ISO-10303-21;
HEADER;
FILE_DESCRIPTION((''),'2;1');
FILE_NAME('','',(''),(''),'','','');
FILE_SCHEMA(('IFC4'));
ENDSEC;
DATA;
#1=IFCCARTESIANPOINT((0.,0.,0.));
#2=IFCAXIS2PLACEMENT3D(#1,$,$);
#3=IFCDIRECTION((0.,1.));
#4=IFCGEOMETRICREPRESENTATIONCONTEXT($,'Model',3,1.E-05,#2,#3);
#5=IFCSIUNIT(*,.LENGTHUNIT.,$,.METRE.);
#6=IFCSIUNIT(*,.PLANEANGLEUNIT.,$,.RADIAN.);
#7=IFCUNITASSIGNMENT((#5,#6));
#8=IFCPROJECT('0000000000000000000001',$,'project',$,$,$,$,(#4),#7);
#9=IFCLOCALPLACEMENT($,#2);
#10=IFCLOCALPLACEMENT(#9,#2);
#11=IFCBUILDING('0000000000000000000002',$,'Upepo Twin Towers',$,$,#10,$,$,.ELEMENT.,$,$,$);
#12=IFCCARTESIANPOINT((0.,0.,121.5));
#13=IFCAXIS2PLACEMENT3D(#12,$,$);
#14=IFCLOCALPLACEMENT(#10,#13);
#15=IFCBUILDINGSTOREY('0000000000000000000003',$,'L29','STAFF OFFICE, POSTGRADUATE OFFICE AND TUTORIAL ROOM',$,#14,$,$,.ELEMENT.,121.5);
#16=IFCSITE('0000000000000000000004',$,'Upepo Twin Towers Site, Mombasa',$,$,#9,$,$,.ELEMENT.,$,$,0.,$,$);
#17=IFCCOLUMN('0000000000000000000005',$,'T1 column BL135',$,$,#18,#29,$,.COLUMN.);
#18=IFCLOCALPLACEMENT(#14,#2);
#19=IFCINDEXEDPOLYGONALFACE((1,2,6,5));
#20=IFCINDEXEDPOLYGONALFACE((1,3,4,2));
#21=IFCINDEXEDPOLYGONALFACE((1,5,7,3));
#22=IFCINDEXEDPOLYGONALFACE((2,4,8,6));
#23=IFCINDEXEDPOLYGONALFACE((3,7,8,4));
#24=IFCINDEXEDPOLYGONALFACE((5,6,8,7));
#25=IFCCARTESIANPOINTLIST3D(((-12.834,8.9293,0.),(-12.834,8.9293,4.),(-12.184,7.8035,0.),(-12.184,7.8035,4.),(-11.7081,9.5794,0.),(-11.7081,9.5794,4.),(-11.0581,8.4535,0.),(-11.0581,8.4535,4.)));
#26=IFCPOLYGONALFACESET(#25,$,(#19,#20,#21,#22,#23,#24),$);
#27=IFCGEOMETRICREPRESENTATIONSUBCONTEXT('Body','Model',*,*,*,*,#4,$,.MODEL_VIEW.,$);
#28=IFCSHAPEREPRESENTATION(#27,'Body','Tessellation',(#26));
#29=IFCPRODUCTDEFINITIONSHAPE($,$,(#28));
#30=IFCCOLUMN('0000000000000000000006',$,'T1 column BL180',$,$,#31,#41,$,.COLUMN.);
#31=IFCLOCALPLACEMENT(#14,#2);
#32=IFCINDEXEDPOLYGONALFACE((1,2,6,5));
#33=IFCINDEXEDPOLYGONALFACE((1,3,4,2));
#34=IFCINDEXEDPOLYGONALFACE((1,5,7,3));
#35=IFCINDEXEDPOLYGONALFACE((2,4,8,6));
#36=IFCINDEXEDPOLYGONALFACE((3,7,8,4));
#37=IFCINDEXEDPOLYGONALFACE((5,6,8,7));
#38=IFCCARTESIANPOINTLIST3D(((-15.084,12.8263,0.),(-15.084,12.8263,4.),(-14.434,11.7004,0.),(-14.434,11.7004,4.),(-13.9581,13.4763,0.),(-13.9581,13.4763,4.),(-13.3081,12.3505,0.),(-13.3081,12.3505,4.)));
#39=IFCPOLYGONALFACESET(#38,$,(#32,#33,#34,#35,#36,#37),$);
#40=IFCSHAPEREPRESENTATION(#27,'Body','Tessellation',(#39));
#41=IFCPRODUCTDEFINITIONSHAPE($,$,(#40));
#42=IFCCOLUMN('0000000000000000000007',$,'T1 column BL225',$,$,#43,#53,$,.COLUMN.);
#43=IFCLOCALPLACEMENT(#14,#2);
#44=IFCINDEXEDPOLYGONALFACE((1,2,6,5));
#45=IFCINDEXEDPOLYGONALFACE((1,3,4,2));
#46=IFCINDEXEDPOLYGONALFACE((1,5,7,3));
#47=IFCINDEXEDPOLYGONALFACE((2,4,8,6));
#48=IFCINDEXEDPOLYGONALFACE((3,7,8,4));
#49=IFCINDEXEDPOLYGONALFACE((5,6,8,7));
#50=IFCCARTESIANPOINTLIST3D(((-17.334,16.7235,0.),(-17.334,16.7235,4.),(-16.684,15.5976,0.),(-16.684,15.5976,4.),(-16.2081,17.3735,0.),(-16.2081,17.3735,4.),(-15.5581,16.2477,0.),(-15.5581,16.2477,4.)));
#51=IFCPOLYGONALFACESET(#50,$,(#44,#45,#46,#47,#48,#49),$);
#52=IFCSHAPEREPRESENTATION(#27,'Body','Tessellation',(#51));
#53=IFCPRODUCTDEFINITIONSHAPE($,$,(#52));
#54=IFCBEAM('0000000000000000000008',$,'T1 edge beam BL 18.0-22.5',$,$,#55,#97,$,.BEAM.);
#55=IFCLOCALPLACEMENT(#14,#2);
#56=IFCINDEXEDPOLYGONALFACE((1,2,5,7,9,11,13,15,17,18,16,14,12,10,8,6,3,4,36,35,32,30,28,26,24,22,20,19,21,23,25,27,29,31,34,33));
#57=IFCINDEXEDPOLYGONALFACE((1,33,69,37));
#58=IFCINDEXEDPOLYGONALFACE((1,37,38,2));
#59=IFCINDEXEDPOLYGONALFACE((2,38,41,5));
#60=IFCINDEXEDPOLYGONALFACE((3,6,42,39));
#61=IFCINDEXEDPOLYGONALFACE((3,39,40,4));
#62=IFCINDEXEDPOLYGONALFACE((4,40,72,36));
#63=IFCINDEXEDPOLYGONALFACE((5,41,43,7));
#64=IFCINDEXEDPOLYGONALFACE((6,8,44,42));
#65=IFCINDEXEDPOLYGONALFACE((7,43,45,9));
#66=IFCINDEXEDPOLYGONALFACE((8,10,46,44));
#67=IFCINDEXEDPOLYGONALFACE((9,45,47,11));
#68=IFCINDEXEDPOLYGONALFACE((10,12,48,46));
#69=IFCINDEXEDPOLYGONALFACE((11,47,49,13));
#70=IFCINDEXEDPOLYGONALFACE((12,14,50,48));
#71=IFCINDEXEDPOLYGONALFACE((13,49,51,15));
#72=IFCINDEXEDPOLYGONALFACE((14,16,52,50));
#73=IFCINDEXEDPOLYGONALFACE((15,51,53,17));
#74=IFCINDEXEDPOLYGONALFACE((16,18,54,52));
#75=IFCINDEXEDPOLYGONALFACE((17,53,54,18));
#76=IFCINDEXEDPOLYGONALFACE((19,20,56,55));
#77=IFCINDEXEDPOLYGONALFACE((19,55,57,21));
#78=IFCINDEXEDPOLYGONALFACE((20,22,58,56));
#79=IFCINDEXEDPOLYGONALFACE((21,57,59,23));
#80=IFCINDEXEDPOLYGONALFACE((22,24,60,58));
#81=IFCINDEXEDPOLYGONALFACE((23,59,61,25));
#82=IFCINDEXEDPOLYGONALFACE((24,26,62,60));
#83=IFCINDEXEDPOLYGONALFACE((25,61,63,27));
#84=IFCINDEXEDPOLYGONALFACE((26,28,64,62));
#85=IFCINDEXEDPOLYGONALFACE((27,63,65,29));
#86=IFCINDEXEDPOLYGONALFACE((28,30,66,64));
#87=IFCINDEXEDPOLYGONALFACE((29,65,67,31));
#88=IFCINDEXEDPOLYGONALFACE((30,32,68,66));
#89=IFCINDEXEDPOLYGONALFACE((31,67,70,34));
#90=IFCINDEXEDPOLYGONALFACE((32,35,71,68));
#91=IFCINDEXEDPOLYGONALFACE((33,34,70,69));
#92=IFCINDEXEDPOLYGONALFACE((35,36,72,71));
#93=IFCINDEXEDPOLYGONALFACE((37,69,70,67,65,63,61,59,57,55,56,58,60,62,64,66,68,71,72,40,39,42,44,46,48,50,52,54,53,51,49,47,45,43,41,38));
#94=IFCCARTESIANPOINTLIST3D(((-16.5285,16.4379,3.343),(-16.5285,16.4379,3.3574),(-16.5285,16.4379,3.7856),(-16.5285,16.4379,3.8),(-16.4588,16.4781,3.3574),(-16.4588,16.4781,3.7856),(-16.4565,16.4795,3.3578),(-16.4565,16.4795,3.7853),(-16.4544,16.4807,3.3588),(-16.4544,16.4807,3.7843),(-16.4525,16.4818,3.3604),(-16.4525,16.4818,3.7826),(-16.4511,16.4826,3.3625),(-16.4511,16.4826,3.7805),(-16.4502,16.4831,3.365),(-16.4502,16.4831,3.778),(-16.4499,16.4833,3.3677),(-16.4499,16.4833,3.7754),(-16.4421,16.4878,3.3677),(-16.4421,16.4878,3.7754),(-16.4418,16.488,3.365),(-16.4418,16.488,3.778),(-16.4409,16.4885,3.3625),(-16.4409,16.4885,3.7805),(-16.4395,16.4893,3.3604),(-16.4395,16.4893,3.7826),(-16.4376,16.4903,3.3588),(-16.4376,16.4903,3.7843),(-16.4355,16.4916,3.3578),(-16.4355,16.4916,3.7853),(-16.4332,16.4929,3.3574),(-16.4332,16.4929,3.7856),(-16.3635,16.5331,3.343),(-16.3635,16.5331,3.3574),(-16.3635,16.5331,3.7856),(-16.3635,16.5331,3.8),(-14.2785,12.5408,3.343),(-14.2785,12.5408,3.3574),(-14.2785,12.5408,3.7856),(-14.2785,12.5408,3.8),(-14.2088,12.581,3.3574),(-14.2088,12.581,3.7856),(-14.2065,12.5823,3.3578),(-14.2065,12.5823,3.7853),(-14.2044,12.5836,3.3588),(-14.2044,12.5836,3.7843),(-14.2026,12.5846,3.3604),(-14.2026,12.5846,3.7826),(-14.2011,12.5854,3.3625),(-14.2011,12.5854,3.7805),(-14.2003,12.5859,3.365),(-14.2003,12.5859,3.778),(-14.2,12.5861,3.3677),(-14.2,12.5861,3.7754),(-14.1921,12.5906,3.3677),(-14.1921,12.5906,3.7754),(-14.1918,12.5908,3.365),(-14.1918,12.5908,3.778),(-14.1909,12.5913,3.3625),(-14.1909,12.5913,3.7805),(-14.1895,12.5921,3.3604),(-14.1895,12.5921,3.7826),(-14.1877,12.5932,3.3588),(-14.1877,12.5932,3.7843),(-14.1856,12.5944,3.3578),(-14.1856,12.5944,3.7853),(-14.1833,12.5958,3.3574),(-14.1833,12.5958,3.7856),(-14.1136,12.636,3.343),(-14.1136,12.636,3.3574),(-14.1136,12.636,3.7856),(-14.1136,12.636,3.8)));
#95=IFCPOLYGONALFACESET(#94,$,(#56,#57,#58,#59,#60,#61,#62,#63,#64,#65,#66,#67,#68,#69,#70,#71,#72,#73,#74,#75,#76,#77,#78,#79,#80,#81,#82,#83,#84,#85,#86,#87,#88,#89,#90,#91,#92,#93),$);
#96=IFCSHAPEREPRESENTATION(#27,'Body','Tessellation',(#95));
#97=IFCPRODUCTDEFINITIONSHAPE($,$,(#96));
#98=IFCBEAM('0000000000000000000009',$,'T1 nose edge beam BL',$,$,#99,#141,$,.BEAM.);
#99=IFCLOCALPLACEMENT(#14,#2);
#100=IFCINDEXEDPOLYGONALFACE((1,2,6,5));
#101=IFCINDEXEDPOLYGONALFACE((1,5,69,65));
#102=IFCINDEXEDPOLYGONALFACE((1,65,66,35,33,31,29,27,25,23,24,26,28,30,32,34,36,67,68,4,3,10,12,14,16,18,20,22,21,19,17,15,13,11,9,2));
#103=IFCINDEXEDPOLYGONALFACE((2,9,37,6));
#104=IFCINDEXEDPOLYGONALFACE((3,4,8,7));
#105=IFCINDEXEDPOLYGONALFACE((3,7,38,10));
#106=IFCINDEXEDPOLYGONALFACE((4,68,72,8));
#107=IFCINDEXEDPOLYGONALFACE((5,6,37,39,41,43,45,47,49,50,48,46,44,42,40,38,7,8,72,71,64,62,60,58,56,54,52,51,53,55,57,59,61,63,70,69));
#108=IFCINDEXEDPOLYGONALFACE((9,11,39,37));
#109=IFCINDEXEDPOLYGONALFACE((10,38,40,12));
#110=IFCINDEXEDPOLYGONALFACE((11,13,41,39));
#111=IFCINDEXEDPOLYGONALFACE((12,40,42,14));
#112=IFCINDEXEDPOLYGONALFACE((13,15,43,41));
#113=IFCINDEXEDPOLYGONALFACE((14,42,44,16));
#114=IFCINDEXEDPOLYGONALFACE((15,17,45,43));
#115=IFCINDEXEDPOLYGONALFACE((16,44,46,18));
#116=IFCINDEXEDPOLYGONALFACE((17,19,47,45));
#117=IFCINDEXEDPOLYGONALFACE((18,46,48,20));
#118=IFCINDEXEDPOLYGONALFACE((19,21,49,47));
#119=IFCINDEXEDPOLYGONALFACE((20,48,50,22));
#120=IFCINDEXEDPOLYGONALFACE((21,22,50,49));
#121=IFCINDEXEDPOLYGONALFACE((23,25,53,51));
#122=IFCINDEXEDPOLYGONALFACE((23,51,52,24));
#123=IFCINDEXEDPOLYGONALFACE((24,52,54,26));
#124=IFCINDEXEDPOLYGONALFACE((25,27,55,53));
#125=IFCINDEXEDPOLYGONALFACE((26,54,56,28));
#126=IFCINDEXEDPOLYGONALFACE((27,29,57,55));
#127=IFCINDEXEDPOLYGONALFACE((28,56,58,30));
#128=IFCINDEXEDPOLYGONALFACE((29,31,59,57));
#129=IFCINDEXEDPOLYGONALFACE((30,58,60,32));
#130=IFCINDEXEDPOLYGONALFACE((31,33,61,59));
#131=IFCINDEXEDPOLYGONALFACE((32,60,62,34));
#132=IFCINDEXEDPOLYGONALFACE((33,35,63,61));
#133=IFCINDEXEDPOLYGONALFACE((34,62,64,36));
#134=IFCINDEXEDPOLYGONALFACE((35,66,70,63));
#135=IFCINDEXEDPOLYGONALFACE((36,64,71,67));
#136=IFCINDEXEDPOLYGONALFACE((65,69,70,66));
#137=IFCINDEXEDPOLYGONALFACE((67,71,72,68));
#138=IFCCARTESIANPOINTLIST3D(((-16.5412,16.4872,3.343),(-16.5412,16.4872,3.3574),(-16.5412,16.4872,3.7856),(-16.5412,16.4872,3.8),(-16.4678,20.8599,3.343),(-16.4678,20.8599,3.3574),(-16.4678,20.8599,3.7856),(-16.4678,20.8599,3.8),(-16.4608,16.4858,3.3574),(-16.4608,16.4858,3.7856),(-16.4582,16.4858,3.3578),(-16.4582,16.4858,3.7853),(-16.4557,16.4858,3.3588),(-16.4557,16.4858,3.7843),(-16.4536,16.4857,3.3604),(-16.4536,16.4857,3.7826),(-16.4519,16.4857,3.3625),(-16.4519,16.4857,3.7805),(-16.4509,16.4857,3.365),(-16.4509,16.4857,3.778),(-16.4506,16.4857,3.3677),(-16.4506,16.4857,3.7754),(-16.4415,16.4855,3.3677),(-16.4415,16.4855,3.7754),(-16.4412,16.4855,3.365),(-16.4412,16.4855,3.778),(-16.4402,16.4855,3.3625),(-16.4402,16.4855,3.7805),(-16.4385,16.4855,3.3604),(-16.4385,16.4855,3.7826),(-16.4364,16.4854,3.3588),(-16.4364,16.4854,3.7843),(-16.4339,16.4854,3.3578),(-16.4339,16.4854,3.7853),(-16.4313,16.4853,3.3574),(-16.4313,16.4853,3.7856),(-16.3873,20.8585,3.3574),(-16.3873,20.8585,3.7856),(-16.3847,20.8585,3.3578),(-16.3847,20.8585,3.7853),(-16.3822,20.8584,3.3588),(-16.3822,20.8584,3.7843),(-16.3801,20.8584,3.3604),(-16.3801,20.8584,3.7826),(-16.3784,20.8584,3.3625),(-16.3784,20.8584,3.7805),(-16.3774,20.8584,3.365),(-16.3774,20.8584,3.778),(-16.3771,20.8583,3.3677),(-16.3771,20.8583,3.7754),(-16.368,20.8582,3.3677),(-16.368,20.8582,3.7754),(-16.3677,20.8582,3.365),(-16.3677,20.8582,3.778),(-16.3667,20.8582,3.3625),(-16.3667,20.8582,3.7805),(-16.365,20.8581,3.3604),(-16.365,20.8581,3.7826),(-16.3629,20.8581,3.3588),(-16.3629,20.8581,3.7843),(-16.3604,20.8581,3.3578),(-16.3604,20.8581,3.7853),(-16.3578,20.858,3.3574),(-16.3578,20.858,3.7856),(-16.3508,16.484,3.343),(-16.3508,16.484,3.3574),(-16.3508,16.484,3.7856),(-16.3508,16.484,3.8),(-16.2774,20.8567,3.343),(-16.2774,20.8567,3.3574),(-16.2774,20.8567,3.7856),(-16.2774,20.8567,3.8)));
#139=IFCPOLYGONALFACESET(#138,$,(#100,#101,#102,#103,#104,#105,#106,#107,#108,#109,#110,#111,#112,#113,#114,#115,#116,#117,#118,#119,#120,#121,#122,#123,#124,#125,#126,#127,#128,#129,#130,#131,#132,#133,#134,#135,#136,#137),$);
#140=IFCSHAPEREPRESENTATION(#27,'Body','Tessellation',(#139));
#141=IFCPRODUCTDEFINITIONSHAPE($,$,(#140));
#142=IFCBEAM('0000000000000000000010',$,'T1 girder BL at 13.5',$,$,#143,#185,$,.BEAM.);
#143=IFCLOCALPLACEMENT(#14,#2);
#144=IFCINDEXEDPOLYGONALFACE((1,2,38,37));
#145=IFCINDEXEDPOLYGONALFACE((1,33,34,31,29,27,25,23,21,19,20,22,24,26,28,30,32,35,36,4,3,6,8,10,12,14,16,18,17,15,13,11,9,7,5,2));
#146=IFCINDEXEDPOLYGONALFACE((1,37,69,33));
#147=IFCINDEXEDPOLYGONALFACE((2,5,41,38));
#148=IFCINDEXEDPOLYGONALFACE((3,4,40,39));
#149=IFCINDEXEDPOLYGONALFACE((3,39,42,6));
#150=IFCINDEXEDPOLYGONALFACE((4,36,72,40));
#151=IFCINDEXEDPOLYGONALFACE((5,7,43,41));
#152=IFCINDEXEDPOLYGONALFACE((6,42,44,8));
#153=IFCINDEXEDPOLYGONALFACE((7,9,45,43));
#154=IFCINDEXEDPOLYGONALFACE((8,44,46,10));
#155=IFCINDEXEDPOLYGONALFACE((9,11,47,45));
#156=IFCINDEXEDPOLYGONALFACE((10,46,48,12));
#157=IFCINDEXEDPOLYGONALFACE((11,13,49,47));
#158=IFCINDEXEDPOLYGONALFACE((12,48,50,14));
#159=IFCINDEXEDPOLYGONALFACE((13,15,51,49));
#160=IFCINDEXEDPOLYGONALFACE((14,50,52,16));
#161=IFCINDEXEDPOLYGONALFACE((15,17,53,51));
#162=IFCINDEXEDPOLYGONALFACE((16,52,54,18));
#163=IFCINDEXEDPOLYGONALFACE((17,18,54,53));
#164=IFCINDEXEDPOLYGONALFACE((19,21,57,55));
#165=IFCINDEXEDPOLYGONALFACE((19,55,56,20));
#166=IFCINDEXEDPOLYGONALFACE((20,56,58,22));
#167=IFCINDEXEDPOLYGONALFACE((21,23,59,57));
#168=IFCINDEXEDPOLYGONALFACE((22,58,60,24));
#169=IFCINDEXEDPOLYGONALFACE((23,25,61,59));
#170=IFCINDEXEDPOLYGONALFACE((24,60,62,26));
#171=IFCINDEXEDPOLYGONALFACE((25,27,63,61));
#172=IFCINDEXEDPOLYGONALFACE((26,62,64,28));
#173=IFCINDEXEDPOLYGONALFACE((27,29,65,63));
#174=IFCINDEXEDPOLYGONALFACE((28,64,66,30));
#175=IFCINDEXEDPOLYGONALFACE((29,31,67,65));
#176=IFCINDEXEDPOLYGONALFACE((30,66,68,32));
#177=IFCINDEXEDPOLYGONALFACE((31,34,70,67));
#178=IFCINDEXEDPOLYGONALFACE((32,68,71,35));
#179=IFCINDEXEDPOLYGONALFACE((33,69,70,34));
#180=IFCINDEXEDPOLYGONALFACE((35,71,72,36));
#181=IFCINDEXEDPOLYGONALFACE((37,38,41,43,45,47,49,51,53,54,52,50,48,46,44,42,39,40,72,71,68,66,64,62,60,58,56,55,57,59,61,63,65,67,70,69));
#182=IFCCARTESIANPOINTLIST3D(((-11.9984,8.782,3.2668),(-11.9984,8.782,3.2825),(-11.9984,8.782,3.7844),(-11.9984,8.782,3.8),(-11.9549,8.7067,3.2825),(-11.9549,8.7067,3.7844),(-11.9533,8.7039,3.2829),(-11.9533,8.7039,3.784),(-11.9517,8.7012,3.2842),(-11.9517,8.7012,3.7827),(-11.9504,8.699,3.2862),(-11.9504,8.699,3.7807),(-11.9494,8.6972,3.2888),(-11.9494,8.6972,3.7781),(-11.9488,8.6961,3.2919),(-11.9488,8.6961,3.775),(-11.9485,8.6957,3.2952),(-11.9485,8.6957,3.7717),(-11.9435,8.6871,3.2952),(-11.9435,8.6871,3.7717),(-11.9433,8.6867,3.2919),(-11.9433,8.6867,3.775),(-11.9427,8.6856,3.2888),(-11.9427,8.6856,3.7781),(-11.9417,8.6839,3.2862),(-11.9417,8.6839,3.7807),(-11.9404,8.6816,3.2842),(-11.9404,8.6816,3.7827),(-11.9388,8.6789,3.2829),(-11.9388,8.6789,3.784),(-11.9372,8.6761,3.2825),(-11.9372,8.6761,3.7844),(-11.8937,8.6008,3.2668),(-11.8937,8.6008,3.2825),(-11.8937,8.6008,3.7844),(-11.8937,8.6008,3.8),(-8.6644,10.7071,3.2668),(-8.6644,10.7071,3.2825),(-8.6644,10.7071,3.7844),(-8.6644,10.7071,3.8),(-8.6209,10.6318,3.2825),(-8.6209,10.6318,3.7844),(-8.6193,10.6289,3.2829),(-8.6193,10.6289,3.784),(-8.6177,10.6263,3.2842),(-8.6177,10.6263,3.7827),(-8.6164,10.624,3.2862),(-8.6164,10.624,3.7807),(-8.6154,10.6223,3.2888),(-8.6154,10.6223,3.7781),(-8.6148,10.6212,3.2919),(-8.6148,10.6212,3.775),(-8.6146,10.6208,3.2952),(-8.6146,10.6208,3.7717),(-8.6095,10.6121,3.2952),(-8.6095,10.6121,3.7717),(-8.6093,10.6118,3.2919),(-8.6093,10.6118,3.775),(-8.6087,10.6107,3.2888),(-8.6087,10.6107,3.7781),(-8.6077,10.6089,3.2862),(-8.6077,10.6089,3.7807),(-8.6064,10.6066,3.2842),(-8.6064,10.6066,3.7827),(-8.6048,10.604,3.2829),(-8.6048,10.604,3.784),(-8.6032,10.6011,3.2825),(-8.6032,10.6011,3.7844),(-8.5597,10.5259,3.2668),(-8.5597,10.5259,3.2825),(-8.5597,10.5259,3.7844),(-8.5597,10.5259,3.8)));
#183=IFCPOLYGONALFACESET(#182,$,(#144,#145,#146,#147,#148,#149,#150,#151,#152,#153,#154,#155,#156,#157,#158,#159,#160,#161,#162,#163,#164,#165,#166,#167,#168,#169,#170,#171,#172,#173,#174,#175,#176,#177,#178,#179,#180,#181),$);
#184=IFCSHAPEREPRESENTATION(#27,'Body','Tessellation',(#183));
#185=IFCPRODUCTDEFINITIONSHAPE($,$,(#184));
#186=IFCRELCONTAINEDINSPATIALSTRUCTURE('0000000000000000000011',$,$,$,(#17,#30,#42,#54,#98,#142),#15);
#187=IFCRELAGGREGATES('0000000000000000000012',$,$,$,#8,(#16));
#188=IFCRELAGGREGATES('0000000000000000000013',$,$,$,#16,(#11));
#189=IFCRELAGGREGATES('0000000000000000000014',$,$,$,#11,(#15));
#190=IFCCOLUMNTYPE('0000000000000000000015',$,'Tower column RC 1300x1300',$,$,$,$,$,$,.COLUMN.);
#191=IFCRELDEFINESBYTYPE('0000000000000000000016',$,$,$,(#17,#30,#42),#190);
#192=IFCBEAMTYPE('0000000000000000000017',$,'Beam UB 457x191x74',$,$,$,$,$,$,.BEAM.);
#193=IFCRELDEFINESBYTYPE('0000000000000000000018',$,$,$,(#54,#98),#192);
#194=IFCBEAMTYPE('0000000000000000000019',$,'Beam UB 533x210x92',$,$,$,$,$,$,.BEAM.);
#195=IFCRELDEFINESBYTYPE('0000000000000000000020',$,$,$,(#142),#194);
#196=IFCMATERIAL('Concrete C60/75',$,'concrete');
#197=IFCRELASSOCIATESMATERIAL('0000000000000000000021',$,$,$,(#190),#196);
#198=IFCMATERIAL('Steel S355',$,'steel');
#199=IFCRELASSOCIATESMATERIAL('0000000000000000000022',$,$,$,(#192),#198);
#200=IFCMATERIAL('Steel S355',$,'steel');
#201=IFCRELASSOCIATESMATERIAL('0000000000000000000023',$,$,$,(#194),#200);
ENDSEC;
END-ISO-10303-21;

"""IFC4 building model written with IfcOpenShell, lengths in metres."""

from ifc_helpers import new_model, si_unit, direction, frame, origin, origin_2d, place, context, subcontext, project, spatial, rectangle, i_section, extrude, material, material_profile, profile_set, type_object, element, save


model = new_model("IFC4")

# Units and contexts
model_context = context("Model", 3, precision=1e-05, world=origin(), true_north=direction((0.0, 1.0)))
body_context = subcontext(model_context, "Body", "Model", "MODEL_VIEW")
ifc_project = project(units=[si_unit("LENGTHUNIT", "METRE"), si_unit("PLANEANGLEUNIT", "RADIAN")], contexts=[model_context])

# Site, building, storey
site_placement = place(None, origin())
site = spatial("IfcSite", under=ifc_project, at=site_placement, Name="Upepo Twin Towers Site, Mombasa", CompositionType="ELEMENT", RefElevation=0.0)
building_placement = place(site_placement, origin())
building = spatial("IfcBuilding", under=site, at=building_placement, Name="Upepo Twin Towers", CompositionType="ELEMENT")
storey_placement = place(building_placement, frame((0.0, 0.0, 121.5)))
storey = spatial("IfcBuildingStorey", under=building, at=storey_placement, Name="L29", Description="STAFF OFFICE, POSTGRADUATE OFFICE AND TUTORIAL ROOM", CompositionType="ELEMENT", Elevation=121.5)

# Columns
ifc_material_1 = material(Name="Concrete C60/75", Category="concrete")
ifc_material_profile_1 = material_profile(ifc_material_1, rectangle(XDim=1.3, YDim=1.3, at=origin_2d()), Name="RC 1300x1300")
ifc_profile_set_1 = profile_set([ifc_material_profile_1], Name="Concrete C60/75")
column_type = type_object("IfcColumnType", Name="Tower column RC 1300x1300", PredefinedType="COLUMN", material=ifc_profile_set_1)
for number, where, z_axis, x_axis, name in (
    (1, (-11.946, 8.6914, 0.0), (0.0, 0.0, 1.0), (0.866025, 0.5, 0.0), "T1 column BL135"),
    (2, (-14.196, 12.5884, 0.0), (0.0, 0.0, 1.0), (0.866025, 0.5, 0.0), "T1 column BL180"),
    (3, (-16.446, 16.4856, 0.0), (0.0, 0.0, 1.0), (0.866025, 0.5, 0.0), "T1 column BL225"),
):
    element("IfcColumn", number, at=place(storey_placement, frame(where, z_axis=z_axis, x_axis=x_axis)), inside=storey, type_object=column_type, Name=name, PredefinedType="COLUMN", context=body_context, shape_type="SweptSolid", body=[
        extrude(rectangle(XDim=1.3, YDim=1.3, at=origin_2d()), origin(), (0.0, 0.0, 1.0), 4.0),
    ])

# Beams
ifc_material_2 = material(Name="Steel S355", Category="steel")
ifc_material_profile_2 = material_profile(ifc_material_2, i_section(OverallWidth=0.1904, OverallDepth=0.457, WebThickness=0.009, FlangeThickness=0.0144, FilletRadius=0.0103, at=origin_2d()), Name="UB 457x191x74")
ifc_profile_set_2 = profile_set([ifc_material_profile_2], Name="Steel S355")
beam_type_1 = type_object("IfcBeamType", Name="Beam UB 457x191x74", PredefinedType="BEAM", material=ifc_profile_set_2)
beam_1_placement = place(storey_placement, frame((-14.196, 12.5884, 3.5715), z_axis=(-0.49999, 0.866031, 0.0), x_axis=(-0.866031, -0.49999, 0.0)))
element("IfcBeam", 4, at=beam_1_placement, inside=storey, type_object=beam_type_1, Name="T1 edge beam BL 18.0-22.5", PredefinedType="BEAM", context=body_context, shape_type="SweptSolid", body=[
    extrude(i_section(OverallWidth=0.1904, OverallDepth=0.457, WebThickness=0.009, FlangeThickness=0.0144, FilletRadius=0.0103, at=origin_2d()), origin(), (0.0, 0.0, 1.0), 4.5),
])
beam_2_placement = place(storey_placement, frame((-16.446, 16.4856, 3.5715), z_axis=(0.016804, 0.999859, 0.0), x_axis=(-0.999859, 0.016804, 0.0)))
element("IfcBeam", 5, at=beam_2_placement, inside=storey, type_object=beam_type_1, Name="T1 nose edge beam BL", PredefinedType="BEAM", context=body_context, shape_type="SweptSolid", body=[
    extrude(i_section(OverallWidth=0.1904, OverallDepth=0.457, WebThickness=0.009, FlangeThickness=0.0144, FilletRadius=0.0103, at=origin_2d()), origin(), (0.0, 0.0, 1.0), 4.3733),
])
ifc_material_3 = material(Name="Steel S355", Category="steel")
ifc_material_profile_3 = material_profile(ifc_material_3, i_section(OverallWidth=0.2092, OverallDepth=0.5332, WebThickness=0.01, FlangeThickness=0.0156, FilletRadius=0.0127, at=origin_2d()), Name="UB 533x210x92")
ifc_profile_set_3 = profile_set([ifc_material_profile_3], Name="Steel S355")
beam_type_2 = type_object("IfcBeamType", Name="Beam UB 533x210x92", PredefinedType="BEAM", material=ifc_profile_set_3)
for number, where, z_axis, x_axis, name in (
    (6, (-11.946, 8.6914, 3.5334), (0.866006, 0.500034, 0.0), (-0.500034, 0.866006, 0.0), "T1 girder BL at 13.5"),
):
    element("IfcBeam", number, at=place(storey_placement, frame(where, z_axis=z_axis, x_axis=x_axis)), inside=storey, type_object=beam_type_2, Name=name, PredefinedType="BEAM", context=body_context, shape_type="SweptSolid", body=[
        extrude(i_section(OverallWidth=0.2092, OverallDepth=0.5332, WebThickness=0.01, FlangeThickness=0.0156, FilletRadius=0.0127, at=origin_2d()), origin(), (0.0, 0.0, 1.0), 3.8499),
    ])

save(model, "model.ifc")
